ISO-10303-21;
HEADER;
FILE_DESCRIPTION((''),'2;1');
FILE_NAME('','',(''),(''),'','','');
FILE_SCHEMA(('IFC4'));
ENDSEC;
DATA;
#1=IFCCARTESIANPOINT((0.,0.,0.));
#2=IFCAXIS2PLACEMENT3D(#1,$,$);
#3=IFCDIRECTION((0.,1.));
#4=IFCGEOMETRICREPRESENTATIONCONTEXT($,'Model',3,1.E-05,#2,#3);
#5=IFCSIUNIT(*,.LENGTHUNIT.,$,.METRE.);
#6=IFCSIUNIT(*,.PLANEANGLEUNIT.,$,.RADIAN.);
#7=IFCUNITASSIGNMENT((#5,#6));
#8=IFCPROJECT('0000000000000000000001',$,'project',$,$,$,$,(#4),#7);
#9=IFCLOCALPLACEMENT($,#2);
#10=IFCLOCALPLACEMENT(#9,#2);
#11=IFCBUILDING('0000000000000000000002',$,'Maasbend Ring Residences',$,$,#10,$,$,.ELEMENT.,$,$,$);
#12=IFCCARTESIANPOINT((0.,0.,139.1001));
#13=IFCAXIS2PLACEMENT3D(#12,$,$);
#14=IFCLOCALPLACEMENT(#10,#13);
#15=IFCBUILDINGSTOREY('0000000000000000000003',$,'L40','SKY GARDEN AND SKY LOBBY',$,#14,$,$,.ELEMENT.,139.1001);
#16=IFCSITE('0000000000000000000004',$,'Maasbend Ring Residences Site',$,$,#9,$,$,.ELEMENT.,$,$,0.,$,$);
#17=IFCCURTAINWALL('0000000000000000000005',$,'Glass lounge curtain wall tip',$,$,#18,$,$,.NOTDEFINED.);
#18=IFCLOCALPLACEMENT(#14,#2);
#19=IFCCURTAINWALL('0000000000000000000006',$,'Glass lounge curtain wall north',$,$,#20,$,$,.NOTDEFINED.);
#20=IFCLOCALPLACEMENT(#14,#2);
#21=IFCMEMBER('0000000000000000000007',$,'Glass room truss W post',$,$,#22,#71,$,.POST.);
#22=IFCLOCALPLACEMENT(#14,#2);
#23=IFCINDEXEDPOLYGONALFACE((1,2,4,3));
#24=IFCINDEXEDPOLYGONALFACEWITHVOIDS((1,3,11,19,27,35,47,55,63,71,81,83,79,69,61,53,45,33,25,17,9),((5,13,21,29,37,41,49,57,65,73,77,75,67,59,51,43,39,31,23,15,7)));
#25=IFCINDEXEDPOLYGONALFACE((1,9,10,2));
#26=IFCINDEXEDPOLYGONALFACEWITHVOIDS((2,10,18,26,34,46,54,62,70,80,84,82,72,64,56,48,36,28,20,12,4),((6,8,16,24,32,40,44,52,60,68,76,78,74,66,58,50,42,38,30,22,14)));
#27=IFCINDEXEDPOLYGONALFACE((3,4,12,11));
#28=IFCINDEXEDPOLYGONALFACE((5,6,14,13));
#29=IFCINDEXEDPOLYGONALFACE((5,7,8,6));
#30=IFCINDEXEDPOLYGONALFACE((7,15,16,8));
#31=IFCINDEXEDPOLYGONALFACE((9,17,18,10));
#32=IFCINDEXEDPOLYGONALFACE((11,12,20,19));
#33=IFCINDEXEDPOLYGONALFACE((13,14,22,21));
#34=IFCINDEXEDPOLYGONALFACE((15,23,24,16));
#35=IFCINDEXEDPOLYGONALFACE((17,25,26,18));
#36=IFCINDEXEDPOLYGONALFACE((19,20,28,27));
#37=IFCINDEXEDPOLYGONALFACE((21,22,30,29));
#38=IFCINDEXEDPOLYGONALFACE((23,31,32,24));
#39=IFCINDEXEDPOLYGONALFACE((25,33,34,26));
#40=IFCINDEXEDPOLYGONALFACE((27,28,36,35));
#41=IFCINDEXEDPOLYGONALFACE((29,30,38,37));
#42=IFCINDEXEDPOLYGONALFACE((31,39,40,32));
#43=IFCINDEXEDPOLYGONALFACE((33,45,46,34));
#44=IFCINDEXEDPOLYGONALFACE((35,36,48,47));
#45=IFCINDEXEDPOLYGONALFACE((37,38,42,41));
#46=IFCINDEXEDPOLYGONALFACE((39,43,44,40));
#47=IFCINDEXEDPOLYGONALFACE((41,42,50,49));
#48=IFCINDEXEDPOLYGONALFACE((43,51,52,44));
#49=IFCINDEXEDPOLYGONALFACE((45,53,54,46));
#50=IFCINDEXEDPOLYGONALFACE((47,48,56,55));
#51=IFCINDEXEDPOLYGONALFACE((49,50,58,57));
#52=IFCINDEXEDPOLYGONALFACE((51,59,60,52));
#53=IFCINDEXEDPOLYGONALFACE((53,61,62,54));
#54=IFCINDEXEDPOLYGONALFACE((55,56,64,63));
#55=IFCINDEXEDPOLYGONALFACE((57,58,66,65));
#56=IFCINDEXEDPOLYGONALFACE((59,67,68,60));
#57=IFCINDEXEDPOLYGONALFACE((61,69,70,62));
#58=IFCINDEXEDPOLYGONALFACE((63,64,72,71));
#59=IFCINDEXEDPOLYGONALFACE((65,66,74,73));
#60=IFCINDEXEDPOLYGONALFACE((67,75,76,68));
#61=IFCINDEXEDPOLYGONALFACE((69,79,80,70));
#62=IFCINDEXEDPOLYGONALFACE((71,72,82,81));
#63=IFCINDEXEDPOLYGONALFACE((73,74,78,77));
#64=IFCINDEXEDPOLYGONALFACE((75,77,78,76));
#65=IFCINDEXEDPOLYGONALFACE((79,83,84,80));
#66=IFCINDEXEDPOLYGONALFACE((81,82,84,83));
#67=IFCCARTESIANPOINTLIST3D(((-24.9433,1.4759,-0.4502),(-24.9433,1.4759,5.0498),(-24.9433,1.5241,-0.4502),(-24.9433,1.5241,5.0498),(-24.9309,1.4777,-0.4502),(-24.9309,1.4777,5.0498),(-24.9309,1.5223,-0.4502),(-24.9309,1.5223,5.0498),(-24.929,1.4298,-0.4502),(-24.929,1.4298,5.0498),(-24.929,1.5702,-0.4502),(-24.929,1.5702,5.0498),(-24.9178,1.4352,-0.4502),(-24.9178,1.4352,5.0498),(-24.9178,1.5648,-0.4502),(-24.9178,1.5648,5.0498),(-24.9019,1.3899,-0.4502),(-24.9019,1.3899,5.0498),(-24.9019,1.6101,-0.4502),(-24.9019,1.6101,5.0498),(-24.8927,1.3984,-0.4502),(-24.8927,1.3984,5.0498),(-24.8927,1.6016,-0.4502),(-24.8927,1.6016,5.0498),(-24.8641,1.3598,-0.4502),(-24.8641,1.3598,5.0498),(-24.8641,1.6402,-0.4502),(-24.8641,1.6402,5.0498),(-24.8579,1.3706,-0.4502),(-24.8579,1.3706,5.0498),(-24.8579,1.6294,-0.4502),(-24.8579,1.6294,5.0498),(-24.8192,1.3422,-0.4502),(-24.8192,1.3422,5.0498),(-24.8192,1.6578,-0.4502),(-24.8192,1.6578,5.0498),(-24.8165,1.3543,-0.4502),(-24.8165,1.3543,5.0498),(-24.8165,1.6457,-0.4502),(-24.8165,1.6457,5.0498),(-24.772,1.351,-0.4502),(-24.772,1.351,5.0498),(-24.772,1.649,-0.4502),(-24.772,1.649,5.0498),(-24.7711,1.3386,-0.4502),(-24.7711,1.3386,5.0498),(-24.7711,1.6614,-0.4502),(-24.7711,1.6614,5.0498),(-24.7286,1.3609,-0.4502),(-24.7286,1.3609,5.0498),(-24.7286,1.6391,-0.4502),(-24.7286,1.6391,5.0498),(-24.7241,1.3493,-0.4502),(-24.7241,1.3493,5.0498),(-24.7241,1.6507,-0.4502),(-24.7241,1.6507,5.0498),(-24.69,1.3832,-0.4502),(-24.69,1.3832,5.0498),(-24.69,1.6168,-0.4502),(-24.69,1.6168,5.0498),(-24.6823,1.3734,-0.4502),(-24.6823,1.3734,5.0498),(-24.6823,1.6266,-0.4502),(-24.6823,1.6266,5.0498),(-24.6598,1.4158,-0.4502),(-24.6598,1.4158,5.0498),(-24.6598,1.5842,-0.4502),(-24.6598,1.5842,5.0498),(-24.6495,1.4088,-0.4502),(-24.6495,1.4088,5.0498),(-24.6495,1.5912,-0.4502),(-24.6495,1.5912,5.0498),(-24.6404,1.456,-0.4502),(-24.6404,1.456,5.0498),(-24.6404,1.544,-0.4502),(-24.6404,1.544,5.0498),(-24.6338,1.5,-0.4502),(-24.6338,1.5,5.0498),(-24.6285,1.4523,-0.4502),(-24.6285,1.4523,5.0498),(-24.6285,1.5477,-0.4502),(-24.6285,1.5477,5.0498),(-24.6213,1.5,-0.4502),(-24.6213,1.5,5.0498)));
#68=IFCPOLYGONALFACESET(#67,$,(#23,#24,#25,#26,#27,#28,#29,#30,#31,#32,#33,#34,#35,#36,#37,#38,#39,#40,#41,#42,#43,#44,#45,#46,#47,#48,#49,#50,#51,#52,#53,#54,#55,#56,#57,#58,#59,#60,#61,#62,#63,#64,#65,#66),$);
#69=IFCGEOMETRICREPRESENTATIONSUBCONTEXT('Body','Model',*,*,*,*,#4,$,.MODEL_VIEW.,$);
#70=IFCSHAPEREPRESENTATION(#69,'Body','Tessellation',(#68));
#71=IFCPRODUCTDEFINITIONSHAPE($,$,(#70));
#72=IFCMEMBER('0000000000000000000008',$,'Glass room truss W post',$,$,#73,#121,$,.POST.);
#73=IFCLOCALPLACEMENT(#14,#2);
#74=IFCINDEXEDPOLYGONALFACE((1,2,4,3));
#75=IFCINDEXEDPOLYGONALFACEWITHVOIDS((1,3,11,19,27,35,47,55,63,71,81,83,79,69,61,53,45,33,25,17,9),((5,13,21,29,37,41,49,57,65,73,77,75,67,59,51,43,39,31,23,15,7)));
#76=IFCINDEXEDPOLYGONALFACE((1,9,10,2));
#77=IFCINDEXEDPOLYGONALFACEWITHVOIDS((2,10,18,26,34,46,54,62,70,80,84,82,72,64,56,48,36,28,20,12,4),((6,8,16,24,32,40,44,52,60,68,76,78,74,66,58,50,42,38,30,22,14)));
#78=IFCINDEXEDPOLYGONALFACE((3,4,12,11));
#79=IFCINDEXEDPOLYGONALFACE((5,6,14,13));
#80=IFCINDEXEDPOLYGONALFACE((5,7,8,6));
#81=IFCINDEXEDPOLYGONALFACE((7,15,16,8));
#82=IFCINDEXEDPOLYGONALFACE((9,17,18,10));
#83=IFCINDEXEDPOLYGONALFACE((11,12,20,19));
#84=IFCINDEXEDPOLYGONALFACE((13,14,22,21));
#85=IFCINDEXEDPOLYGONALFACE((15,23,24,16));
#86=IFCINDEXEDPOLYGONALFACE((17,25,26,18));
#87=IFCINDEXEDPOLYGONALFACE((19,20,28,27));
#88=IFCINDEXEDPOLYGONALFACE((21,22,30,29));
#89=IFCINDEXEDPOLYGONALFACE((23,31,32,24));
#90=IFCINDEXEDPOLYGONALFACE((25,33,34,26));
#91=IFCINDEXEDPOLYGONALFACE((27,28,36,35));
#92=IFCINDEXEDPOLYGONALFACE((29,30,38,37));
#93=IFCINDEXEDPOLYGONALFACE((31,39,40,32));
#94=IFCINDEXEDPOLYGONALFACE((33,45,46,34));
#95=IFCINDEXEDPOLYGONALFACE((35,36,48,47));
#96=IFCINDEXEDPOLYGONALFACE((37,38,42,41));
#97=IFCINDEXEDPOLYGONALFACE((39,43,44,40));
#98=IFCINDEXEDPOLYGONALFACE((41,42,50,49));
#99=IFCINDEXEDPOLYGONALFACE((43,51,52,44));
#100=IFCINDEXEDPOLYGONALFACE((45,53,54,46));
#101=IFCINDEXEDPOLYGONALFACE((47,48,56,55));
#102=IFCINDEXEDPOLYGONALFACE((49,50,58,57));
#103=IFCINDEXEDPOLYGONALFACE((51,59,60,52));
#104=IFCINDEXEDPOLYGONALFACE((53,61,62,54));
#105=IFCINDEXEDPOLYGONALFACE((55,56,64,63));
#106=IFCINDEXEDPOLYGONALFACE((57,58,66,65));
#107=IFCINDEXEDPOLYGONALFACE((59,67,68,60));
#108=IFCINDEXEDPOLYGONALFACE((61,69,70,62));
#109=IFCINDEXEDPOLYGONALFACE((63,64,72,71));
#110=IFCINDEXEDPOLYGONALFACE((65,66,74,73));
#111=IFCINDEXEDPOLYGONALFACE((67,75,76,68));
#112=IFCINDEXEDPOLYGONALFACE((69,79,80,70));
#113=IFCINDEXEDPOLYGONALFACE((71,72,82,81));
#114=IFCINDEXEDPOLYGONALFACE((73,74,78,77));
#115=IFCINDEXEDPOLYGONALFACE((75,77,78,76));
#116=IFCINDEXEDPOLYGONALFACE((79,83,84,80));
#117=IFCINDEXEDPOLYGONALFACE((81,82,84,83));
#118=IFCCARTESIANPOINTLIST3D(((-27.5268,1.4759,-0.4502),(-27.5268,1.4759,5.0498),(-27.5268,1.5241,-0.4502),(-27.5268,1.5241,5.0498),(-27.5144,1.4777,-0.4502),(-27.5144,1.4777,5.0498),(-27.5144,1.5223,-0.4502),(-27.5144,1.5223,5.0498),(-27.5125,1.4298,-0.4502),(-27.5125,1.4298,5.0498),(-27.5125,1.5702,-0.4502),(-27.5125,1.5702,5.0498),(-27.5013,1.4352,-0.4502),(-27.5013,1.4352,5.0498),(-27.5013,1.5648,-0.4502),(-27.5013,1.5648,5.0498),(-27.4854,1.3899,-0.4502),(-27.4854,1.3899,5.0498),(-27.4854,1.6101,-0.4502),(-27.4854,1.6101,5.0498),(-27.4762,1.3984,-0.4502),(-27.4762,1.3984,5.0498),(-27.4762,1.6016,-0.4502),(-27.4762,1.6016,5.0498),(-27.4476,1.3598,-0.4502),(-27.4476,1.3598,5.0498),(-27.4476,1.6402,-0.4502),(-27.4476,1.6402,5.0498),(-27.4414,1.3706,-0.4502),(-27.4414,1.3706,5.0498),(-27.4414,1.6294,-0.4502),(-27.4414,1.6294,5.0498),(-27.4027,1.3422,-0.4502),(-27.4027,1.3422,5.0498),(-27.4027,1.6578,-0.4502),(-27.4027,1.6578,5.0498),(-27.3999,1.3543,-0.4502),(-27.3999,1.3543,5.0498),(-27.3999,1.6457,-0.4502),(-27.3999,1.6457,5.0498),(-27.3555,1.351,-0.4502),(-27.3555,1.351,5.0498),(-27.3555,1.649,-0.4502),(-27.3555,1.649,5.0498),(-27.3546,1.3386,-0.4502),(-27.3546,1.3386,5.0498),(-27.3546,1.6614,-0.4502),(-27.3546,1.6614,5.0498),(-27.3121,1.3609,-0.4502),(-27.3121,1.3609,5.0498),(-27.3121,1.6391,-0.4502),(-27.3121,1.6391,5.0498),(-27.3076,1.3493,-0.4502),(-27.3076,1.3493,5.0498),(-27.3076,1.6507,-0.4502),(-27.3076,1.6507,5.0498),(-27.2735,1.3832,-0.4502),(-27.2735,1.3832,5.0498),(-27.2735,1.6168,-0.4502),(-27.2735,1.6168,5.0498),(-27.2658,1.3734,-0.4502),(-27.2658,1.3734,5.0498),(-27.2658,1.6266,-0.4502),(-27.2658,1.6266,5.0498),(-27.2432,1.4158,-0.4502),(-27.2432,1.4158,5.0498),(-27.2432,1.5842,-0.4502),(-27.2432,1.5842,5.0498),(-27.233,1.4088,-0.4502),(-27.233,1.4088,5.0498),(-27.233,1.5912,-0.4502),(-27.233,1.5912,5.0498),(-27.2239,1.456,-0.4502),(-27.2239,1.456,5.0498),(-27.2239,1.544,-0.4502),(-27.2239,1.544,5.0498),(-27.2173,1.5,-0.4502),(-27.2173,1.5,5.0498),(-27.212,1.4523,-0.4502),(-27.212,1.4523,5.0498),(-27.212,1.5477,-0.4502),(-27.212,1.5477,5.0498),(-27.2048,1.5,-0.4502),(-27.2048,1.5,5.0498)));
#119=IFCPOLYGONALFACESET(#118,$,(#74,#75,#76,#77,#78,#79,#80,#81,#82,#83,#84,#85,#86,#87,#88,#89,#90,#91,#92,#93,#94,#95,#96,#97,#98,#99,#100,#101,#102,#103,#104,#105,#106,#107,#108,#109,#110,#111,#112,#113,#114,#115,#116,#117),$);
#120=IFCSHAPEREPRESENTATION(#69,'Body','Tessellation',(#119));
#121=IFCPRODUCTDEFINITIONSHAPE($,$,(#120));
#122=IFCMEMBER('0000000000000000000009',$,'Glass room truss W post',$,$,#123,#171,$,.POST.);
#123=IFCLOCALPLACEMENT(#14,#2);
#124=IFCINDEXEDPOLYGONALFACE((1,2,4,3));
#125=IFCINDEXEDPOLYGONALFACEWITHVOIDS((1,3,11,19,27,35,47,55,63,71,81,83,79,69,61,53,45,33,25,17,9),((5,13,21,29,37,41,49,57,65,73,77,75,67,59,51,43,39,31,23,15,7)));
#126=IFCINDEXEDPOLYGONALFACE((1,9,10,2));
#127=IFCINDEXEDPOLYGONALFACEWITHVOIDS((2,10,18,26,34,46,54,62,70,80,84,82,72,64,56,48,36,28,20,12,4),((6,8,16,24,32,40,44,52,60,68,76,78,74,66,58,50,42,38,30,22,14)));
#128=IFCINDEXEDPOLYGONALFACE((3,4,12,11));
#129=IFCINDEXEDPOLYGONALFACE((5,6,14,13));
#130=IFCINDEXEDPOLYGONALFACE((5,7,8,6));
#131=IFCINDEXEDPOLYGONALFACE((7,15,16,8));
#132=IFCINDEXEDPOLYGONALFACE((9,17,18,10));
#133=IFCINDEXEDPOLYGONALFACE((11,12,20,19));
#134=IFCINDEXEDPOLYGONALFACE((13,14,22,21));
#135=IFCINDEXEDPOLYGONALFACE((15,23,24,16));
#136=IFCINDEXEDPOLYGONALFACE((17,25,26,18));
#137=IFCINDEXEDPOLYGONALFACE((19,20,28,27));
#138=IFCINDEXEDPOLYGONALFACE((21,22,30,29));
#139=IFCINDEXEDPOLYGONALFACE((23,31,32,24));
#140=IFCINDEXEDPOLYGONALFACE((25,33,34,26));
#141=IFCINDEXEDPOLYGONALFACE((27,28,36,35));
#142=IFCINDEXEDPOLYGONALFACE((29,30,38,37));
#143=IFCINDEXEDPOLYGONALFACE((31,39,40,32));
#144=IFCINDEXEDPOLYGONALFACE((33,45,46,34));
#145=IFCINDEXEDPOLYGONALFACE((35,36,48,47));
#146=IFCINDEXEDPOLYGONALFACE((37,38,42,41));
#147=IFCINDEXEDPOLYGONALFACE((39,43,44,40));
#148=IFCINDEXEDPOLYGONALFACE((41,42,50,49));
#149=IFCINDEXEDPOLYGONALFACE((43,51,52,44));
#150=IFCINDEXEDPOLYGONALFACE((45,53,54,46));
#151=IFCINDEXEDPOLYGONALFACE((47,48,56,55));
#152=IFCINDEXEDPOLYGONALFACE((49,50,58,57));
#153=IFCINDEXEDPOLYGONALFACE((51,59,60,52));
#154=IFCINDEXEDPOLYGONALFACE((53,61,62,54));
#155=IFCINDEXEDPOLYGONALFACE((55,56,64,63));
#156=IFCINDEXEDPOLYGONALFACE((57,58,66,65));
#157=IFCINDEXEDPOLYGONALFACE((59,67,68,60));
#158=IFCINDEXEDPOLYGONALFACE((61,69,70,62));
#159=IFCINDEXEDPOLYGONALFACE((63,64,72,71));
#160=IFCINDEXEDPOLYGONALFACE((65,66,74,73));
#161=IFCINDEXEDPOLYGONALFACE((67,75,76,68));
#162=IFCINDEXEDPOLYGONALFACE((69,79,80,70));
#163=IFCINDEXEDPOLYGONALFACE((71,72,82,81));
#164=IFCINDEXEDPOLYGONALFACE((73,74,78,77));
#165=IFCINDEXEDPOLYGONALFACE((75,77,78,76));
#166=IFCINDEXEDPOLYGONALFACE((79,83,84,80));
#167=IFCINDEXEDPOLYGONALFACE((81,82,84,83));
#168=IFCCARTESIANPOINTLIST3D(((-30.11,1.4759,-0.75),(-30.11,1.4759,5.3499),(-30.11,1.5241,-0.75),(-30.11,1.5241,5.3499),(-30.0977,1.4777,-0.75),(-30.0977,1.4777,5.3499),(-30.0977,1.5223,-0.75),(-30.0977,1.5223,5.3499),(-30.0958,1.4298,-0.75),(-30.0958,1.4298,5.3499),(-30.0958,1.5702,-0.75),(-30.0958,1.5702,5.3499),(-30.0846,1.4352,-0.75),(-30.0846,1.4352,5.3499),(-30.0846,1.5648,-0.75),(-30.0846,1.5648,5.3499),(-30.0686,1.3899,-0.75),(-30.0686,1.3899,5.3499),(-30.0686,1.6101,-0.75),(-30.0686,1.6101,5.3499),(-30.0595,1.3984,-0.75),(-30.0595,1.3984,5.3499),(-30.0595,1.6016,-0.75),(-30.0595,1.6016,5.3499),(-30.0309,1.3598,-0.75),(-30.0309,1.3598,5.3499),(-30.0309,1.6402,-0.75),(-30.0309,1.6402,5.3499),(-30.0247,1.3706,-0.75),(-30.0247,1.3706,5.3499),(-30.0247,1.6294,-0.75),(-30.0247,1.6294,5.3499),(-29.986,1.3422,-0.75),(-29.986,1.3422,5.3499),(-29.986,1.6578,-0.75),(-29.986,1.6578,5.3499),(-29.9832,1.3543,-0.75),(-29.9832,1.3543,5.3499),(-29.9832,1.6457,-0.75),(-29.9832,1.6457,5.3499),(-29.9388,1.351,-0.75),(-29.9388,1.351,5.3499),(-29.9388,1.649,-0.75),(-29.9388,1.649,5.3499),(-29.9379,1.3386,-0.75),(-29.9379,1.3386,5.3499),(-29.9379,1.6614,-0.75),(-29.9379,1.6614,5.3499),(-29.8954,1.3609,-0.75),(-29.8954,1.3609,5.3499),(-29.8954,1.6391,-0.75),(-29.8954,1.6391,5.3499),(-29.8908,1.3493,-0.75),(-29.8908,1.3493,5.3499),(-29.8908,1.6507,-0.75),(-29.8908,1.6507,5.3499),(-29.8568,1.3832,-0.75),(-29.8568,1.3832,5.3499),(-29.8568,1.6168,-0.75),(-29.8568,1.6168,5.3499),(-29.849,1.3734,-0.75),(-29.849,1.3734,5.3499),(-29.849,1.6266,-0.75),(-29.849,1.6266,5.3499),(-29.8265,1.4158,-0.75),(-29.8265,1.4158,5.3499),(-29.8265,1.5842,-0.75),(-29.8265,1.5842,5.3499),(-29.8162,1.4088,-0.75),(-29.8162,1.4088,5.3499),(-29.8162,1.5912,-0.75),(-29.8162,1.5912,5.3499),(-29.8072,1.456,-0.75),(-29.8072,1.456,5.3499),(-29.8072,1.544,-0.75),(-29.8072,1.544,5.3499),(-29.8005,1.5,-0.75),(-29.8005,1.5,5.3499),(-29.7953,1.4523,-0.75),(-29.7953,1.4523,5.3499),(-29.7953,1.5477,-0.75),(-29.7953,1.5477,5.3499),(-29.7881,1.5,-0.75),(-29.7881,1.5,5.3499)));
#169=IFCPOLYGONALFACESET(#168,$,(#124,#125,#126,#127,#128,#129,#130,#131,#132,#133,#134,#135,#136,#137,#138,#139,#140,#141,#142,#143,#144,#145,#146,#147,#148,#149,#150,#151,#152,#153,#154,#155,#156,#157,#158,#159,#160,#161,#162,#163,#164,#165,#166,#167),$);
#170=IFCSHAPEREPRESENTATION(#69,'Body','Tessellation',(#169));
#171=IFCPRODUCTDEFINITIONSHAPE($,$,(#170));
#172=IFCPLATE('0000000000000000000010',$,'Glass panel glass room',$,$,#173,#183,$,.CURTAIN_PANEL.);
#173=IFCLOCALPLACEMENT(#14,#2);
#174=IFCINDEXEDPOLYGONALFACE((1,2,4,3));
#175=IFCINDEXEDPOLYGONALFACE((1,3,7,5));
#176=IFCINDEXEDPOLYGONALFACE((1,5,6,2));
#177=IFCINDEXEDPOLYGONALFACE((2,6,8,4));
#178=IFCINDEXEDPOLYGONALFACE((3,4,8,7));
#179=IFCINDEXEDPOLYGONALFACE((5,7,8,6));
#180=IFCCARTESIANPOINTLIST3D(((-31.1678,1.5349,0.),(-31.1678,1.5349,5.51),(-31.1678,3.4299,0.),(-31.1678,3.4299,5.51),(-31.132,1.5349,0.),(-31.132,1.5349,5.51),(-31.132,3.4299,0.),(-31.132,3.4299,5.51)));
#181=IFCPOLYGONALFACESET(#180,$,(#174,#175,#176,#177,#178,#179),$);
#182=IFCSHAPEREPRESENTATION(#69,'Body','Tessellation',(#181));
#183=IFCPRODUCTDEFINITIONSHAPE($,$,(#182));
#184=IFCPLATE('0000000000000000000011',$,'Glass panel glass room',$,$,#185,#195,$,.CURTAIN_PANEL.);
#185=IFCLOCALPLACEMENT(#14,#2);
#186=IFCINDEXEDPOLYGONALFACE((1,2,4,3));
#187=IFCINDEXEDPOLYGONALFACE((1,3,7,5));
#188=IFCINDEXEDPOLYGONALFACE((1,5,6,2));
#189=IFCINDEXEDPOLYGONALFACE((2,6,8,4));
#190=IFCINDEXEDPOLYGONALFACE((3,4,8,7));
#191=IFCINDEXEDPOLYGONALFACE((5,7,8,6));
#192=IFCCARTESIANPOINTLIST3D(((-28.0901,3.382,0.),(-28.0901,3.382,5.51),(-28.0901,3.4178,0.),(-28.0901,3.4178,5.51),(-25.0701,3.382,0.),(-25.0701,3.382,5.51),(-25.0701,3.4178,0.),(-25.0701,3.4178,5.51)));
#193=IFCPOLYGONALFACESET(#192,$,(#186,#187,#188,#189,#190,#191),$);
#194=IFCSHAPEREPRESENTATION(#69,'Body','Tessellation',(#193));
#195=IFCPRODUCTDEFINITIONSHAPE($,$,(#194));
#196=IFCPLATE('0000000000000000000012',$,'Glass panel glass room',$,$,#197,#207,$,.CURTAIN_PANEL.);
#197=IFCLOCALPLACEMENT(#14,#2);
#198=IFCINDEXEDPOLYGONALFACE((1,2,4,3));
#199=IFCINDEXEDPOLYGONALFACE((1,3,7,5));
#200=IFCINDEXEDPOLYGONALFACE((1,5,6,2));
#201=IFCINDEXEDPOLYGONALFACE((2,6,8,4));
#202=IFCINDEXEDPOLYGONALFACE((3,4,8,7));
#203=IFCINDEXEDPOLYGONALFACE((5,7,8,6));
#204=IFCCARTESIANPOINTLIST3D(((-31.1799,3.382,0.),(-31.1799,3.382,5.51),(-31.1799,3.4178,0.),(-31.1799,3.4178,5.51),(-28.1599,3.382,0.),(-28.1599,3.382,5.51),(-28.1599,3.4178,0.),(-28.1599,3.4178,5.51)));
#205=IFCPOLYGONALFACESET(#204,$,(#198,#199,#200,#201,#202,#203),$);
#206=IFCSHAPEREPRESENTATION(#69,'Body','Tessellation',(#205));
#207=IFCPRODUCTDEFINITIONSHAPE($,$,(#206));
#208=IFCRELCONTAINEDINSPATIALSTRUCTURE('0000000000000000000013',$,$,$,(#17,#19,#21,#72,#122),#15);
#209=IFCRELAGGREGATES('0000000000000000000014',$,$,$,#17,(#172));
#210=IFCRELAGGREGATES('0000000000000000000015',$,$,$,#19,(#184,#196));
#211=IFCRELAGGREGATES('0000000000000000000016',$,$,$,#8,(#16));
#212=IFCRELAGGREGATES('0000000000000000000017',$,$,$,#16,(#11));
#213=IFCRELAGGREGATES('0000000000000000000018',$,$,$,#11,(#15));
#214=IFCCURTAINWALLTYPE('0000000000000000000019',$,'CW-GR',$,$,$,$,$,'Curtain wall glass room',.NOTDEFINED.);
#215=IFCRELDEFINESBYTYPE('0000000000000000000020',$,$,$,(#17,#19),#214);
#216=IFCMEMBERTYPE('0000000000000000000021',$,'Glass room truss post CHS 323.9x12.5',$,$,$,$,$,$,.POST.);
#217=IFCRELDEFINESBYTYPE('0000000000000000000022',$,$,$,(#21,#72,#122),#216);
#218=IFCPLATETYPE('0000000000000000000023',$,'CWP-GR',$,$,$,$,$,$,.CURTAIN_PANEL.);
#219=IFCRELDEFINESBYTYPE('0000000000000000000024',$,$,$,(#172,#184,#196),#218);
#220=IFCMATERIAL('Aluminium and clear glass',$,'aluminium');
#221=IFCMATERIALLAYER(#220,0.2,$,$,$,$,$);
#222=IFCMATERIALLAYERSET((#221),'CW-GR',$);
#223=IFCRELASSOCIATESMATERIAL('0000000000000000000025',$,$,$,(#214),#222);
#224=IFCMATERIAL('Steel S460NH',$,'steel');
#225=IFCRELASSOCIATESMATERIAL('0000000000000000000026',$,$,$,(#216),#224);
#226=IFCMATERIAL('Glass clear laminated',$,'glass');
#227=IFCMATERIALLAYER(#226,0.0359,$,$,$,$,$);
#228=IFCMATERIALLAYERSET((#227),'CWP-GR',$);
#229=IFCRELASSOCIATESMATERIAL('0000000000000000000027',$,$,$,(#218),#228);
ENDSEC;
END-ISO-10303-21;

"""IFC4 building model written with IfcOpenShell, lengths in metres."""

from ifc_helpers import new_model, si_unit, direction, frame, origin, origin_2d, place, context, subcontext, project, spatial, rectangle, hollow_circle, extrude, material, layer, layer_set, material_profile, profile_set, type_object, element, aggregate, save


model = new_model("IFC4")

# Units and contexts
model_context = context("Model", 3, precision=1e-05, world=origin(), true_north=direction((0.0, 1.0)))
body_context = subcontext(model_context, "Body", "Model", "MODEL_VIEW")
ifc_project = project(units=[si_unit("LENGTHUNIT", "METRE"), si_unit("PLANEANGLEUNIT", "RADIAN")], contexts=[model_context])

# Site, building, storey
site_placement = place(None, origin())
site = spatial("IfcSite", under=ifc_project, at=site_placement, Name="Maasbend Ring Residences Site", CompositionType="ELEMENT", RefElevation=0.0)
building_placement = place(site_placement, origin())
building = spatial("IfcBuilding", under=site, at=building_placement, Name="Maasbend Ring Residences", CompositionType="ELEMENT")
storey_placement = place(building_placement, frame((0.0, 0.0, 139.1001)))
storey = spatial("IfcBuildingStorey", under=building, at=storey_placement, Name="L40", Description="SKY GARDEN AND SKY LOBBY", CompositionType="ELEMENT", Elevation=139.1001)

# Curtain walls
ifc_material_1 = material(Name="Aluminium and clear glass", Category="aluminium")
ifc_layer_1 = layer(ifc_material_1, 0.2)
ifc_layer_set_1 = layer_set([ifc_layer_1], Name="CW-GR")
curtain_wall_type = type_object("IfcCurtainWallType", Name="CW-GR", ElementType="Curtain wall glass room", PredefinedType="NOTDEFINED", material=ifc_layer_set_1)
curtain_wall_1_placement = place(storey_placement, origin())
curtain_wall_1 = element("IfcCurtainWall", 1, at=curtain_wall_1_placement, inside=storey, type_object=curtain_wall_type, Name="Glass lounge curtain wall tip", PredefinedType="NOTDEFINED")
curtain_wall_2_placement = place(storey_placement, origin())
curtain_wall_2 = element("IfcCurtainWall", 2, at=curtain_wall_2_placement, inside=storey, type_object=curtain_wall_type, Name="Glass lounge curtain wall north", PredefinedType="NOTDEFINED")

# Members
ifc_material_2 = material(Name="Steel S460NH", Category="steel")
ifc_material_profile_1 = material_profile(ifc_material_2, hollow_circle(Radius=0.1619, WallThickness=0.0125, at=origin_2d()), Name="Glass room truss post CHS 323.9x12.5")
ifc_profile_set_1 = profile_set([ifc_material_profile_1], Name="Steel S460NH")
member_type_1 = type_object("IfcMemberType", Name="Glass room truss post CHS 323.9x12.5", PredefinedType="POST", material=ifc_profile_set_1)
for number, where, z_axis, x_axis, name in (
    (3, (-24.7832, 1.5, -0.4502), (0.0, 0.0, 1.0), (1.0, 0.0, 0.0), "Glass room truss W post"),
    (4, (-27.3667, 1.5, -0.4502), (0.0, 0.0, 1.0), (1.0, 0.0, 0.0), "Glass room truss W post"),
):
    element("IfcMember", number, at=place(storey_placement, frame(where, z_axis=z_axis, x_axis=x_axis)), inside=storey, type_object=member_type_1, Name=name, PredefinedType="POST", context=body_context, shape_type="SweptSolid", body=[
        extrude(hollow_circle(Radius=0.1619, WallThickness=0.0125, at=origin_2d()), origin(), (0.0, 0.0, 1.0), 5.5),
    ])
member_1_placement = place(storey_placement, frame((-29.95, 1.5, -0.75), z_axis=(0.0, 0.0, 1.0), x_axis=(1.0, 0.0, 0.0)))
element("IfcMember", 5, at=member_1_placement, inside=storey, type_object=member_type_1, Name="Glass room truss W post", PredefinedType="POST", context=body_context, shape_type="SweptSolid", body=[
    extrude(hollow_circle(Radius=0.1619, WallThickness=0.0125, at=origin_2d()), origin(), (0.0, 0.0, 1.0), 6.0999),
])

# Plates
ifc_material_3 = material(Name="Glass clear laminated", Category="glass")
ifc_layer_2 = layer(ifc_material_3, 0.0359)
ifc_layer_set_2 = layer_set([ifc_layer_2], Name="CWP-GR")
plate_type = type_object("IfcPlateType", Name="CWP-GR", PredefinedType="CURTAIN_PANEL", material=ifc_layer_set_2)
plate_1_placement = place(storey_placement, frame((-31.1499, 2.4824, 0.0), z_axis=(0.0, 0.0, 1.0), x_axis=(0.0, 1.0, 0.0)))
plate_1 = element("IfcPlate", 6, at=plate_1_placement, type_object=plate_type, Name="Glass panel glass room", PredefinedType="CURTAIN_PANEL", context=body_context, shape_type="SweptSolid", body=[
    extrude(rectangle(XDim=1.895, YDim=0.0359, at=origin_2d()), origin(), (0.0, 0.0, 1.0), 5.51),
])
aggregate(curtain_wall_1, [plate_1])
plate_2_placement = place(storey_placement, frame((-26.5801, 3.3999, 0.0), z_axis=(0.0, 0.0, 1.0), x_axis=(-1.0, 0.0, 0.0)))
plate_2 = element("IfcPlate", 7, at=plate_2_placement, type_object=plate_type, Name="Glass panel glass room", PredefinedType="CURTAIN_PANEL", context=body_context, shape_type="SweptSolid", body=[
    extrude(rectangle(XDim=3.02, YDim=0.0359, at=origin_2d()), origin(), (0.0, 0.0, 1.0), 5.51),
])
plate_3_placement = place(storey_placement, frame((-29.6699, 3.3999, 0.0), z_axis=(0.0, 0.0, 1.0), x_axis=(-1.0, 0.0, 0.0)))
plate_3 = element("IfcPlate", 8, at=plate_3_placement, type_object=plate_type, Name="Glass panel glass room", PredefinedType="CURTAIN_PANEL", context=body_context, shape_type="SweptSolid", body=[
    extrude(rectangle(XDim=3.02, YDim=0.0359, at=origin_2d()), origin(), (0.0, 0.0, 1.0), 5.51),
])
aggregate(curtain_wall_2, [plate_2, plate_3])

save(model, "model.ifc")
